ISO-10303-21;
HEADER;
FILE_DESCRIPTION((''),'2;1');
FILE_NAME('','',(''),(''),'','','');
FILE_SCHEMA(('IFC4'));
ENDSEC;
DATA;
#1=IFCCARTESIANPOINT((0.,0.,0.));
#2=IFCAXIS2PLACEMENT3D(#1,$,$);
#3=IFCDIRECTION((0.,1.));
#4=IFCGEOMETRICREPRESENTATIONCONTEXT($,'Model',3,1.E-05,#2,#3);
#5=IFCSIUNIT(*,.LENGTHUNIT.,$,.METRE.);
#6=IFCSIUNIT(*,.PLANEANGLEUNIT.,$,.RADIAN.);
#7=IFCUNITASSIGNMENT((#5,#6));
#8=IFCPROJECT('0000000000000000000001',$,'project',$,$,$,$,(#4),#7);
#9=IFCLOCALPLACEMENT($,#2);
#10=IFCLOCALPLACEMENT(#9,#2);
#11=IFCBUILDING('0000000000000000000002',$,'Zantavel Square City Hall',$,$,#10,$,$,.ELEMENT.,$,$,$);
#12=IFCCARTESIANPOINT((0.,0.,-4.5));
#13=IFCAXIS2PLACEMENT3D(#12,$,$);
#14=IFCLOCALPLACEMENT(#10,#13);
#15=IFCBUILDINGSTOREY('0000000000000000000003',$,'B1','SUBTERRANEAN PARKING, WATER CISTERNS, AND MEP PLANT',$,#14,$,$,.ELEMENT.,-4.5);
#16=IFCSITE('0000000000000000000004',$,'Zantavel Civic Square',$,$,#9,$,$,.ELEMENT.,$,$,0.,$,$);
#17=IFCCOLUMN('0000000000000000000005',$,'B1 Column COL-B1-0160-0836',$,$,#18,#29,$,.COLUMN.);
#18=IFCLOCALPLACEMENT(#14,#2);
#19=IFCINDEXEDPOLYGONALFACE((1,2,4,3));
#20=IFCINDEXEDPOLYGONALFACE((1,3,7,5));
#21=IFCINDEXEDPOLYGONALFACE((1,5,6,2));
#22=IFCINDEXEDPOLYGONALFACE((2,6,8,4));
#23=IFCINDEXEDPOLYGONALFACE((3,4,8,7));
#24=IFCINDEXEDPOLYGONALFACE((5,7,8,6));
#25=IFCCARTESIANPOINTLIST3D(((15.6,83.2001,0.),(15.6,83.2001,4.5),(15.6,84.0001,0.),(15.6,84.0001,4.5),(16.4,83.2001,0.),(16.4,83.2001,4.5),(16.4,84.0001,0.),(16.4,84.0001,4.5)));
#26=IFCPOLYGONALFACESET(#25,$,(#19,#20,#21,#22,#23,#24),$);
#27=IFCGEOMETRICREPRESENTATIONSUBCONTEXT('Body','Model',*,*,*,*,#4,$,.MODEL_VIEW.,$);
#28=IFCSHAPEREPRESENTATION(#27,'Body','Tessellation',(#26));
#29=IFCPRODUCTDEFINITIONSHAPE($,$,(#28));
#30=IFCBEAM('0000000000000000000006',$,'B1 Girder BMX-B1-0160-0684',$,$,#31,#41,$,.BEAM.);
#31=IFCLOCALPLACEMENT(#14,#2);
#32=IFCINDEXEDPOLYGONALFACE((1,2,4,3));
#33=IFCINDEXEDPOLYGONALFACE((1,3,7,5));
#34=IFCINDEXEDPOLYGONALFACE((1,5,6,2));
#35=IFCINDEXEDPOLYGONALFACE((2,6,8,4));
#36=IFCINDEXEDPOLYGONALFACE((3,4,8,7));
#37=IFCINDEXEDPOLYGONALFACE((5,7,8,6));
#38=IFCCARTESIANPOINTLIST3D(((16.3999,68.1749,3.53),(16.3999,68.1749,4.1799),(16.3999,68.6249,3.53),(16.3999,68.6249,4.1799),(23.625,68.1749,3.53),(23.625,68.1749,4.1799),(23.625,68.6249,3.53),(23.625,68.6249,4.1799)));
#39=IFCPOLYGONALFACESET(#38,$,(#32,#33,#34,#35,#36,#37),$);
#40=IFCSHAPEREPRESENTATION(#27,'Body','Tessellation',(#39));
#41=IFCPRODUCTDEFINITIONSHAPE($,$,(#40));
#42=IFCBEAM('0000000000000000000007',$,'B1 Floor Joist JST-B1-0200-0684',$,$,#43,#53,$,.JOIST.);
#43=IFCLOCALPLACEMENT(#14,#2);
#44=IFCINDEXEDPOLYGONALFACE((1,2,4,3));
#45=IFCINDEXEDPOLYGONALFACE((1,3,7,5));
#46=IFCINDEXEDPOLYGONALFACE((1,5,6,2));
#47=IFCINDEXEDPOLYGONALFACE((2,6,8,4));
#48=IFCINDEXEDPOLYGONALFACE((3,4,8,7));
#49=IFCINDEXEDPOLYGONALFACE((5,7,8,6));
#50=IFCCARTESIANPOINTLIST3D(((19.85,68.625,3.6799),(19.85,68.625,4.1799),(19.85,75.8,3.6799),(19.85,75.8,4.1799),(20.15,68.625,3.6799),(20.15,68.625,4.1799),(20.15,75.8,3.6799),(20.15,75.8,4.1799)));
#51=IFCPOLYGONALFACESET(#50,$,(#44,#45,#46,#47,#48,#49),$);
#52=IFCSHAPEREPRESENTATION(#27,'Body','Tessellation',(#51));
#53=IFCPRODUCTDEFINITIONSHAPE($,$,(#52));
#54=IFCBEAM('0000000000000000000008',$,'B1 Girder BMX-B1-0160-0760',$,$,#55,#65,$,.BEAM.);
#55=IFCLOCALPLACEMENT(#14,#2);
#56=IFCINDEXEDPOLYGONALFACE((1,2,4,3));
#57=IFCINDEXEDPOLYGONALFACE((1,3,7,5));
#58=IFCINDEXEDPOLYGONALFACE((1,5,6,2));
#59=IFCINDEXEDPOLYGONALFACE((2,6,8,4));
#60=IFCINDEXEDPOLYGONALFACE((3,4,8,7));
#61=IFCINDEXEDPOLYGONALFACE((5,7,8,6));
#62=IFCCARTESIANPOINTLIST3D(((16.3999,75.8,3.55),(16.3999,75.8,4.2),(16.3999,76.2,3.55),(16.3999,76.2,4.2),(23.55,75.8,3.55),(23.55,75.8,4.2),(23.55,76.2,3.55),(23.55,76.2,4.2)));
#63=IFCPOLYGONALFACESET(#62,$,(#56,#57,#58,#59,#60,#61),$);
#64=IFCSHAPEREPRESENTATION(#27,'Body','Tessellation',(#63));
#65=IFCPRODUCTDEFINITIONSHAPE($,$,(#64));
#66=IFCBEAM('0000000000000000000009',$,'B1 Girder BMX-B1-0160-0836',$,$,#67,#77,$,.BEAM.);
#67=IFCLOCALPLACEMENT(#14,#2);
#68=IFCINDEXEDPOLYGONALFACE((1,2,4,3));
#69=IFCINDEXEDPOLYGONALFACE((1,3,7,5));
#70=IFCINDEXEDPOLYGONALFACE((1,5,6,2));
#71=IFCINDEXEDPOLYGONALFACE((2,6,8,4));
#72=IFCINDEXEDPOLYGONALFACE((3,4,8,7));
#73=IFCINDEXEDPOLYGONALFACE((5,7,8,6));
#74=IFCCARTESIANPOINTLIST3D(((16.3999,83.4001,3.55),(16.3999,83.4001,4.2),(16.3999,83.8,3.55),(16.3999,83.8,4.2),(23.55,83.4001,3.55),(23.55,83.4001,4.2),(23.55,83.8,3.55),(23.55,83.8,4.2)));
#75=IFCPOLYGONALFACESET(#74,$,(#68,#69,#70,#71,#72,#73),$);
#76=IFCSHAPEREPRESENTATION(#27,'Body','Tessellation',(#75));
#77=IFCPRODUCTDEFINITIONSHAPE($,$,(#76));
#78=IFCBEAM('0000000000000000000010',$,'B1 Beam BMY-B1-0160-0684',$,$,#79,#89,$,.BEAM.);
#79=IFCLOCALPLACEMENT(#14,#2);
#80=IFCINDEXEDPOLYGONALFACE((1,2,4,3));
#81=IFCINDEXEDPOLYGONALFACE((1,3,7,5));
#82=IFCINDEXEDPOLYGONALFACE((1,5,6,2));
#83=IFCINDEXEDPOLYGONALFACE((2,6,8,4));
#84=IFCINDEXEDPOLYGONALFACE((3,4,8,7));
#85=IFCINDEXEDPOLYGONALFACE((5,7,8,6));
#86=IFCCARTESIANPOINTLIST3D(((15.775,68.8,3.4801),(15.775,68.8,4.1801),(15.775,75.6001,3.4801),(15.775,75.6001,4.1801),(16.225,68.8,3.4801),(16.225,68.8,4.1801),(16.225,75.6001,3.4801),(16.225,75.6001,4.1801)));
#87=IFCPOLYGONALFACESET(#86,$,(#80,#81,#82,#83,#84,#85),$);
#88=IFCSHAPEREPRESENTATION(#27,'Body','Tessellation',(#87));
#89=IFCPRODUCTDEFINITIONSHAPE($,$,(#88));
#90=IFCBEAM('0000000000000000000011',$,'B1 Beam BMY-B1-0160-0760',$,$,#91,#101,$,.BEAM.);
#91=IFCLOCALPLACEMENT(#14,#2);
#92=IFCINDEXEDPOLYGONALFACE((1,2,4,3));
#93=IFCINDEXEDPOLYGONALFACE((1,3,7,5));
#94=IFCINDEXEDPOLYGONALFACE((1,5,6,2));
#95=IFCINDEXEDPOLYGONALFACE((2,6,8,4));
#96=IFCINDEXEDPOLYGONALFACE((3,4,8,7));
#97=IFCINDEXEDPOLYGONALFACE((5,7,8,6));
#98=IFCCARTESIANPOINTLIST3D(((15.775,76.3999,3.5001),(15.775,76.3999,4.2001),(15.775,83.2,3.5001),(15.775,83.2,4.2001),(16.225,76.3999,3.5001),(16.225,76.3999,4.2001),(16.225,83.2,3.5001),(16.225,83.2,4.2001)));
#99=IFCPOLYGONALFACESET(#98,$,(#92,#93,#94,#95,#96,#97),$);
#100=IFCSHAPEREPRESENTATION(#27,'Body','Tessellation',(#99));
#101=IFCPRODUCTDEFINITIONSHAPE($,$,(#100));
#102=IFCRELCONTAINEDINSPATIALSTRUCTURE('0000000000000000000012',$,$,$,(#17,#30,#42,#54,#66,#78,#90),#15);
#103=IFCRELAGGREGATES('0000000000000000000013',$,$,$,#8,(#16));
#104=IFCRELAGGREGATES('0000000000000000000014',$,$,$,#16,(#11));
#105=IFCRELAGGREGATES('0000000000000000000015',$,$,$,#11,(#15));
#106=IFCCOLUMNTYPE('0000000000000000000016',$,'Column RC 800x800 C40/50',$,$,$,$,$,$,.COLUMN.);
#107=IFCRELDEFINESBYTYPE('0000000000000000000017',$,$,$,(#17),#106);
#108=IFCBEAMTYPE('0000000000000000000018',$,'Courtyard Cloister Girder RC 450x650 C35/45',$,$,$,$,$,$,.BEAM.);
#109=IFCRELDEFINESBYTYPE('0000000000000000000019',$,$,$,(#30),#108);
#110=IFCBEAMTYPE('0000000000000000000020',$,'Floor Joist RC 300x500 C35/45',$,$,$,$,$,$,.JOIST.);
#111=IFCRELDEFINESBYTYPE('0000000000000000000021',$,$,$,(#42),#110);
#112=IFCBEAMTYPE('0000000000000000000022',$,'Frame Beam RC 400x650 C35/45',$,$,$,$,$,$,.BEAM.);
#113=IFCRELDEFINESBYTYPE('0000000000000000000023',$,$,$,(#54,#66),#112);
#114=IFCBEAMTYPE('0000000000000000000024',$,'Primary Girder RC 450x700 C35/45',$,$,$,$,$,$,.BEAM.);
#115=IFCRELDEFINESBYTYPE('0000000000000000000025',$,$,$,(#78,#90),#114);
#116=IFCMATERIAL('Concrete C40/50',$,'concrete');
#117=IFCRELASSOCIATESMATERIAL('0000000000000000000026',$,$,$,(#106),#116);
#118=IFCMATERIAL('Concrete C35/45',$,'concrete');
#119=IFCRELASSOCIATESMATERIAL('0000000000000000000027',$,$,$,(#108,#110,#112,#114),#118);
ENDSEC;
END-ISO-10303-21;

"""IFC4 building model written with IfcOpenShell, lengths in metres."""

from ifc_helpers import new_model, si_unit, direction, frame, origin, origin_2d, place, context, subcontext, project, spatial, rectangle, extrude, material, material_profile, profile_set, type_object, element, save


model = new_model("IFC4")

# Units and contexts
model_context = context("Model", 3, precision=1e-05, world=origin(), true_north=direction((0.0, 1.0)))
body_context = subcontext(model_context, "Body", "Model", "MODEL_VIEW")
ifc_project = project(units=[si_unit("LENGTHUNIT", "METRE"), si_unit("PLANEANGLEUNIT", "RADIAN")], contexts=[model_context])

# Site, building, storey
site_placement = place(None, origin())
site = spatial("IfcSite", under=ifc_project, at=site_placement, Name="Zantavel Civic Square", CompositionType="ELEMENT", RefElevation=0.0)
building_placement = place(site_placement, origin())
building = spatial("IfcBuilding", under=site, at=building_placement, Name="Zantavel Square City Hall", CompositionType="ELEMENT")
storey_placement = place(building_placement, frame((0.0, 0.0, -4.5)))
storey = spatial("IfcBuildingStorey", under=building, at=storey_placement, Name="B1", Description="SUBTERRANEAN PARKING, WATER CISTERNS, AND MEP PLANT", CompositionType="ELEMENT", Elevation=-4.5)

# Shared definitions
ifc_material_1 = material(Name="Concrete C35/45", Category="concrete")

# Shared definitions
ifc_material_2 = material(Name="Concrete C40/50", Category="concrete")

# Column
ifc_material_profile_1 = material_profile(ifc_material_2, rectangle(XDim=0.8, YDim=0.8, at=origin_2d()), Name="RC 800x800")
ifc_profile_set_1 = profile_set([ifc_material_profile_1], Name="Concrete C40/50")
column_type = type_object("IfcColumnType", Name="Column RC 800x800 C40/50", PredefinedType="COLUMN", material=ifc_profile_set_1)
for number, where, z_axis, x_axis, name in (
    (1, (16.0, 83.6001, 0.0), (0.0, 0.0, 1.0), (1.0, 0.0, 0.0), "B1 Column COL-B1-0160-0836"),
):
    element("IfcColumn", number, at=place(storey_placement, frame(where, z_axis=z_axis, x_axis=x_axis)), inside=storey, type_object=column_type, Name=name, PredefinedType="COLUMN", context=body_context, shape_type="SweptSolid", body=[
        extrude(rectangle(XDim=0.8, YDim=0.8, at=origin_2d()), origin(), (0.0, 0.0, 1.0), 4.5),
    ])

# Beams
ifc_material_profile_2 = material_profile(ifc_material_1, rectangle(XDim=0.45, YDim=0.6499, at=origin_2d()), Name="RC 450x650")
ifc_profile_set_2 = profile_set([ifc_material_profile_2], Name="Concrete C35/45")
beam_type_1 = type_object("IfcBeamType", Name="Courtyard Cloister Girder RC 450x650 C35/45", PredefinedType="BEAM", material=ifc_profile_set_2)
beam_1_placement = place(storey_placement, frame((16.3999, 68.3999, 3.855), z_axis=(1.0, 0.0, 0.0), x_axis=(0.0, 1.0, 0.0)))
element("IfcBeam", 2, at=beam_1_placement, inside=storey, type_object=beam_type_1, Name="B1 Girder BMX-B1-0160-0684", PredefinedType="BEAM", context=body_context, shape_type="SweptSolid", body=[
    extrude(rectangle(XDim=0.45, YDim=0.6499, at=origin_2d()), origin(), (0.0, 0.0, 1.0), 7.2251),
])
ifc_material_profile_3 = material_profile(ifc_material_1, rectangle(XDim=0.3, YDim=0.5, at=origin_2d()), Name="RC 300x500")
ifc_profile_set_3 = profile_set([ifc_material_profile_3], Name="Concrete C35/45")
beam_type_2 = type_object("IfcBeamType", Name="Floor Joist RC 300x500 C35/45", PredefinedType="JOIST", material=ifc_profile_set_3)
beam_2_placement = place(storey_placement, frame((20.0, 68.625, 3.9299), z_axis=(0.0, 1.0, 0.0), x_axis=(-1.0, 0.0, 0.0)))
element("IfcBeam", 3, at=beam_2_placement, inside=storey, type_object=beam_type_2, Name="B1 Floor Joist JST-B1-0200-0684", PredefinedType="JOIST", context=body_context, shape_type="SweptSolid", body=[
    extrude(rectangle(XDim=0.3, YDim=0.5, at=origin_2d()), origin(), (0.0, 0.0, 1.0), 7.175),
])
ifc_material_profile_4 = material_profile(ifc_material_1, rectangle(XDim=0.3999, YDim=0.6499, at=origin_2d()), Name="RC 400x650")
ifc_profile_set_4 = profile_set([ifc_material_profile_4], Name="Concrete C35/45")
beam_type_3 = type_object("IfcBeamType", Name="Frame Beam RC 400x650 C35/45", PredefinedType="BEAM", material=ifc_profile_set_4)
for number, where, z_axis, x_axis, name in (
    (4, (16.3999, 76.0, 3.875), (1.0, 0.0, 0.0), (0.0, 1.0, 0.0), "B1 Girder BMX-B1-0160-0760"),
    (5, (16.3999, 83.6001, 3.875), (1.0, 0.0, 0.0), (0.0, 1.0, 0.0), "B1 Girder BMX-B1-0160-0836"),
):
    element("IfcBeam", number, at=place(storey_placement, frame(where, z_axis=z_axis, x_axis=x_axis)), inside=storey, type_object=beam_type_3, Name=name, PredefinedType="BEAM", context=body_context, shape_type="SweptSolid", body=[
        extrude(rectangle(XDim=0.3999, YDim=0.6499, at=origin_2d()), origin(), (0.0, 0.0, 1.0), 7.1501),
    ])
ifc_material_profile_5 = material_profile(ifc_material_1, rectangle(XDim=0.45, YDim=0.7, at=origin_2d()), Name="RC 450x700")
ifc_profile_set_5 = profile_set([ifc_material_profile_5], Name="Concrete C35/45")
beam_type_4 = type_object("IfcBeamType", Name="Primary Girder RC 450x700 C35/45", PredefinedType="BEAM", material=ifc_profile_set_5)
for number, where, z_axis, x_axis, name in (
    (6, (16.0, 68.8, 3.8301), (0.0, 1.0, 0.0), (-1.0, 0.0, 0.0), "B1 Beam BMY-B1-0160-0684"),
    (7, (16.0, 76.3999, 3.8501), (0.0, 1.0, 0.0), (-1.0, 0.0, 0.0), "B1 Beam BMY-B1-0160-0760"),
):
    element("IfcBeam", number, at=place(storey_placement, frame(where, z_axis=z_axis, x_axis=x_axis)), inside=storey, type_object=beam_type_4, Name=name, PredefinedType="BEAM", context=body_context, shape_type="SweptSolid", body=[
        extrude(rectangle(XDim=0.45, YDim=0.7, at=origin_2d()), origin(), (0.0, 0.0, 1.0), 6.8),
    ])

save(model, "model.ifc")
